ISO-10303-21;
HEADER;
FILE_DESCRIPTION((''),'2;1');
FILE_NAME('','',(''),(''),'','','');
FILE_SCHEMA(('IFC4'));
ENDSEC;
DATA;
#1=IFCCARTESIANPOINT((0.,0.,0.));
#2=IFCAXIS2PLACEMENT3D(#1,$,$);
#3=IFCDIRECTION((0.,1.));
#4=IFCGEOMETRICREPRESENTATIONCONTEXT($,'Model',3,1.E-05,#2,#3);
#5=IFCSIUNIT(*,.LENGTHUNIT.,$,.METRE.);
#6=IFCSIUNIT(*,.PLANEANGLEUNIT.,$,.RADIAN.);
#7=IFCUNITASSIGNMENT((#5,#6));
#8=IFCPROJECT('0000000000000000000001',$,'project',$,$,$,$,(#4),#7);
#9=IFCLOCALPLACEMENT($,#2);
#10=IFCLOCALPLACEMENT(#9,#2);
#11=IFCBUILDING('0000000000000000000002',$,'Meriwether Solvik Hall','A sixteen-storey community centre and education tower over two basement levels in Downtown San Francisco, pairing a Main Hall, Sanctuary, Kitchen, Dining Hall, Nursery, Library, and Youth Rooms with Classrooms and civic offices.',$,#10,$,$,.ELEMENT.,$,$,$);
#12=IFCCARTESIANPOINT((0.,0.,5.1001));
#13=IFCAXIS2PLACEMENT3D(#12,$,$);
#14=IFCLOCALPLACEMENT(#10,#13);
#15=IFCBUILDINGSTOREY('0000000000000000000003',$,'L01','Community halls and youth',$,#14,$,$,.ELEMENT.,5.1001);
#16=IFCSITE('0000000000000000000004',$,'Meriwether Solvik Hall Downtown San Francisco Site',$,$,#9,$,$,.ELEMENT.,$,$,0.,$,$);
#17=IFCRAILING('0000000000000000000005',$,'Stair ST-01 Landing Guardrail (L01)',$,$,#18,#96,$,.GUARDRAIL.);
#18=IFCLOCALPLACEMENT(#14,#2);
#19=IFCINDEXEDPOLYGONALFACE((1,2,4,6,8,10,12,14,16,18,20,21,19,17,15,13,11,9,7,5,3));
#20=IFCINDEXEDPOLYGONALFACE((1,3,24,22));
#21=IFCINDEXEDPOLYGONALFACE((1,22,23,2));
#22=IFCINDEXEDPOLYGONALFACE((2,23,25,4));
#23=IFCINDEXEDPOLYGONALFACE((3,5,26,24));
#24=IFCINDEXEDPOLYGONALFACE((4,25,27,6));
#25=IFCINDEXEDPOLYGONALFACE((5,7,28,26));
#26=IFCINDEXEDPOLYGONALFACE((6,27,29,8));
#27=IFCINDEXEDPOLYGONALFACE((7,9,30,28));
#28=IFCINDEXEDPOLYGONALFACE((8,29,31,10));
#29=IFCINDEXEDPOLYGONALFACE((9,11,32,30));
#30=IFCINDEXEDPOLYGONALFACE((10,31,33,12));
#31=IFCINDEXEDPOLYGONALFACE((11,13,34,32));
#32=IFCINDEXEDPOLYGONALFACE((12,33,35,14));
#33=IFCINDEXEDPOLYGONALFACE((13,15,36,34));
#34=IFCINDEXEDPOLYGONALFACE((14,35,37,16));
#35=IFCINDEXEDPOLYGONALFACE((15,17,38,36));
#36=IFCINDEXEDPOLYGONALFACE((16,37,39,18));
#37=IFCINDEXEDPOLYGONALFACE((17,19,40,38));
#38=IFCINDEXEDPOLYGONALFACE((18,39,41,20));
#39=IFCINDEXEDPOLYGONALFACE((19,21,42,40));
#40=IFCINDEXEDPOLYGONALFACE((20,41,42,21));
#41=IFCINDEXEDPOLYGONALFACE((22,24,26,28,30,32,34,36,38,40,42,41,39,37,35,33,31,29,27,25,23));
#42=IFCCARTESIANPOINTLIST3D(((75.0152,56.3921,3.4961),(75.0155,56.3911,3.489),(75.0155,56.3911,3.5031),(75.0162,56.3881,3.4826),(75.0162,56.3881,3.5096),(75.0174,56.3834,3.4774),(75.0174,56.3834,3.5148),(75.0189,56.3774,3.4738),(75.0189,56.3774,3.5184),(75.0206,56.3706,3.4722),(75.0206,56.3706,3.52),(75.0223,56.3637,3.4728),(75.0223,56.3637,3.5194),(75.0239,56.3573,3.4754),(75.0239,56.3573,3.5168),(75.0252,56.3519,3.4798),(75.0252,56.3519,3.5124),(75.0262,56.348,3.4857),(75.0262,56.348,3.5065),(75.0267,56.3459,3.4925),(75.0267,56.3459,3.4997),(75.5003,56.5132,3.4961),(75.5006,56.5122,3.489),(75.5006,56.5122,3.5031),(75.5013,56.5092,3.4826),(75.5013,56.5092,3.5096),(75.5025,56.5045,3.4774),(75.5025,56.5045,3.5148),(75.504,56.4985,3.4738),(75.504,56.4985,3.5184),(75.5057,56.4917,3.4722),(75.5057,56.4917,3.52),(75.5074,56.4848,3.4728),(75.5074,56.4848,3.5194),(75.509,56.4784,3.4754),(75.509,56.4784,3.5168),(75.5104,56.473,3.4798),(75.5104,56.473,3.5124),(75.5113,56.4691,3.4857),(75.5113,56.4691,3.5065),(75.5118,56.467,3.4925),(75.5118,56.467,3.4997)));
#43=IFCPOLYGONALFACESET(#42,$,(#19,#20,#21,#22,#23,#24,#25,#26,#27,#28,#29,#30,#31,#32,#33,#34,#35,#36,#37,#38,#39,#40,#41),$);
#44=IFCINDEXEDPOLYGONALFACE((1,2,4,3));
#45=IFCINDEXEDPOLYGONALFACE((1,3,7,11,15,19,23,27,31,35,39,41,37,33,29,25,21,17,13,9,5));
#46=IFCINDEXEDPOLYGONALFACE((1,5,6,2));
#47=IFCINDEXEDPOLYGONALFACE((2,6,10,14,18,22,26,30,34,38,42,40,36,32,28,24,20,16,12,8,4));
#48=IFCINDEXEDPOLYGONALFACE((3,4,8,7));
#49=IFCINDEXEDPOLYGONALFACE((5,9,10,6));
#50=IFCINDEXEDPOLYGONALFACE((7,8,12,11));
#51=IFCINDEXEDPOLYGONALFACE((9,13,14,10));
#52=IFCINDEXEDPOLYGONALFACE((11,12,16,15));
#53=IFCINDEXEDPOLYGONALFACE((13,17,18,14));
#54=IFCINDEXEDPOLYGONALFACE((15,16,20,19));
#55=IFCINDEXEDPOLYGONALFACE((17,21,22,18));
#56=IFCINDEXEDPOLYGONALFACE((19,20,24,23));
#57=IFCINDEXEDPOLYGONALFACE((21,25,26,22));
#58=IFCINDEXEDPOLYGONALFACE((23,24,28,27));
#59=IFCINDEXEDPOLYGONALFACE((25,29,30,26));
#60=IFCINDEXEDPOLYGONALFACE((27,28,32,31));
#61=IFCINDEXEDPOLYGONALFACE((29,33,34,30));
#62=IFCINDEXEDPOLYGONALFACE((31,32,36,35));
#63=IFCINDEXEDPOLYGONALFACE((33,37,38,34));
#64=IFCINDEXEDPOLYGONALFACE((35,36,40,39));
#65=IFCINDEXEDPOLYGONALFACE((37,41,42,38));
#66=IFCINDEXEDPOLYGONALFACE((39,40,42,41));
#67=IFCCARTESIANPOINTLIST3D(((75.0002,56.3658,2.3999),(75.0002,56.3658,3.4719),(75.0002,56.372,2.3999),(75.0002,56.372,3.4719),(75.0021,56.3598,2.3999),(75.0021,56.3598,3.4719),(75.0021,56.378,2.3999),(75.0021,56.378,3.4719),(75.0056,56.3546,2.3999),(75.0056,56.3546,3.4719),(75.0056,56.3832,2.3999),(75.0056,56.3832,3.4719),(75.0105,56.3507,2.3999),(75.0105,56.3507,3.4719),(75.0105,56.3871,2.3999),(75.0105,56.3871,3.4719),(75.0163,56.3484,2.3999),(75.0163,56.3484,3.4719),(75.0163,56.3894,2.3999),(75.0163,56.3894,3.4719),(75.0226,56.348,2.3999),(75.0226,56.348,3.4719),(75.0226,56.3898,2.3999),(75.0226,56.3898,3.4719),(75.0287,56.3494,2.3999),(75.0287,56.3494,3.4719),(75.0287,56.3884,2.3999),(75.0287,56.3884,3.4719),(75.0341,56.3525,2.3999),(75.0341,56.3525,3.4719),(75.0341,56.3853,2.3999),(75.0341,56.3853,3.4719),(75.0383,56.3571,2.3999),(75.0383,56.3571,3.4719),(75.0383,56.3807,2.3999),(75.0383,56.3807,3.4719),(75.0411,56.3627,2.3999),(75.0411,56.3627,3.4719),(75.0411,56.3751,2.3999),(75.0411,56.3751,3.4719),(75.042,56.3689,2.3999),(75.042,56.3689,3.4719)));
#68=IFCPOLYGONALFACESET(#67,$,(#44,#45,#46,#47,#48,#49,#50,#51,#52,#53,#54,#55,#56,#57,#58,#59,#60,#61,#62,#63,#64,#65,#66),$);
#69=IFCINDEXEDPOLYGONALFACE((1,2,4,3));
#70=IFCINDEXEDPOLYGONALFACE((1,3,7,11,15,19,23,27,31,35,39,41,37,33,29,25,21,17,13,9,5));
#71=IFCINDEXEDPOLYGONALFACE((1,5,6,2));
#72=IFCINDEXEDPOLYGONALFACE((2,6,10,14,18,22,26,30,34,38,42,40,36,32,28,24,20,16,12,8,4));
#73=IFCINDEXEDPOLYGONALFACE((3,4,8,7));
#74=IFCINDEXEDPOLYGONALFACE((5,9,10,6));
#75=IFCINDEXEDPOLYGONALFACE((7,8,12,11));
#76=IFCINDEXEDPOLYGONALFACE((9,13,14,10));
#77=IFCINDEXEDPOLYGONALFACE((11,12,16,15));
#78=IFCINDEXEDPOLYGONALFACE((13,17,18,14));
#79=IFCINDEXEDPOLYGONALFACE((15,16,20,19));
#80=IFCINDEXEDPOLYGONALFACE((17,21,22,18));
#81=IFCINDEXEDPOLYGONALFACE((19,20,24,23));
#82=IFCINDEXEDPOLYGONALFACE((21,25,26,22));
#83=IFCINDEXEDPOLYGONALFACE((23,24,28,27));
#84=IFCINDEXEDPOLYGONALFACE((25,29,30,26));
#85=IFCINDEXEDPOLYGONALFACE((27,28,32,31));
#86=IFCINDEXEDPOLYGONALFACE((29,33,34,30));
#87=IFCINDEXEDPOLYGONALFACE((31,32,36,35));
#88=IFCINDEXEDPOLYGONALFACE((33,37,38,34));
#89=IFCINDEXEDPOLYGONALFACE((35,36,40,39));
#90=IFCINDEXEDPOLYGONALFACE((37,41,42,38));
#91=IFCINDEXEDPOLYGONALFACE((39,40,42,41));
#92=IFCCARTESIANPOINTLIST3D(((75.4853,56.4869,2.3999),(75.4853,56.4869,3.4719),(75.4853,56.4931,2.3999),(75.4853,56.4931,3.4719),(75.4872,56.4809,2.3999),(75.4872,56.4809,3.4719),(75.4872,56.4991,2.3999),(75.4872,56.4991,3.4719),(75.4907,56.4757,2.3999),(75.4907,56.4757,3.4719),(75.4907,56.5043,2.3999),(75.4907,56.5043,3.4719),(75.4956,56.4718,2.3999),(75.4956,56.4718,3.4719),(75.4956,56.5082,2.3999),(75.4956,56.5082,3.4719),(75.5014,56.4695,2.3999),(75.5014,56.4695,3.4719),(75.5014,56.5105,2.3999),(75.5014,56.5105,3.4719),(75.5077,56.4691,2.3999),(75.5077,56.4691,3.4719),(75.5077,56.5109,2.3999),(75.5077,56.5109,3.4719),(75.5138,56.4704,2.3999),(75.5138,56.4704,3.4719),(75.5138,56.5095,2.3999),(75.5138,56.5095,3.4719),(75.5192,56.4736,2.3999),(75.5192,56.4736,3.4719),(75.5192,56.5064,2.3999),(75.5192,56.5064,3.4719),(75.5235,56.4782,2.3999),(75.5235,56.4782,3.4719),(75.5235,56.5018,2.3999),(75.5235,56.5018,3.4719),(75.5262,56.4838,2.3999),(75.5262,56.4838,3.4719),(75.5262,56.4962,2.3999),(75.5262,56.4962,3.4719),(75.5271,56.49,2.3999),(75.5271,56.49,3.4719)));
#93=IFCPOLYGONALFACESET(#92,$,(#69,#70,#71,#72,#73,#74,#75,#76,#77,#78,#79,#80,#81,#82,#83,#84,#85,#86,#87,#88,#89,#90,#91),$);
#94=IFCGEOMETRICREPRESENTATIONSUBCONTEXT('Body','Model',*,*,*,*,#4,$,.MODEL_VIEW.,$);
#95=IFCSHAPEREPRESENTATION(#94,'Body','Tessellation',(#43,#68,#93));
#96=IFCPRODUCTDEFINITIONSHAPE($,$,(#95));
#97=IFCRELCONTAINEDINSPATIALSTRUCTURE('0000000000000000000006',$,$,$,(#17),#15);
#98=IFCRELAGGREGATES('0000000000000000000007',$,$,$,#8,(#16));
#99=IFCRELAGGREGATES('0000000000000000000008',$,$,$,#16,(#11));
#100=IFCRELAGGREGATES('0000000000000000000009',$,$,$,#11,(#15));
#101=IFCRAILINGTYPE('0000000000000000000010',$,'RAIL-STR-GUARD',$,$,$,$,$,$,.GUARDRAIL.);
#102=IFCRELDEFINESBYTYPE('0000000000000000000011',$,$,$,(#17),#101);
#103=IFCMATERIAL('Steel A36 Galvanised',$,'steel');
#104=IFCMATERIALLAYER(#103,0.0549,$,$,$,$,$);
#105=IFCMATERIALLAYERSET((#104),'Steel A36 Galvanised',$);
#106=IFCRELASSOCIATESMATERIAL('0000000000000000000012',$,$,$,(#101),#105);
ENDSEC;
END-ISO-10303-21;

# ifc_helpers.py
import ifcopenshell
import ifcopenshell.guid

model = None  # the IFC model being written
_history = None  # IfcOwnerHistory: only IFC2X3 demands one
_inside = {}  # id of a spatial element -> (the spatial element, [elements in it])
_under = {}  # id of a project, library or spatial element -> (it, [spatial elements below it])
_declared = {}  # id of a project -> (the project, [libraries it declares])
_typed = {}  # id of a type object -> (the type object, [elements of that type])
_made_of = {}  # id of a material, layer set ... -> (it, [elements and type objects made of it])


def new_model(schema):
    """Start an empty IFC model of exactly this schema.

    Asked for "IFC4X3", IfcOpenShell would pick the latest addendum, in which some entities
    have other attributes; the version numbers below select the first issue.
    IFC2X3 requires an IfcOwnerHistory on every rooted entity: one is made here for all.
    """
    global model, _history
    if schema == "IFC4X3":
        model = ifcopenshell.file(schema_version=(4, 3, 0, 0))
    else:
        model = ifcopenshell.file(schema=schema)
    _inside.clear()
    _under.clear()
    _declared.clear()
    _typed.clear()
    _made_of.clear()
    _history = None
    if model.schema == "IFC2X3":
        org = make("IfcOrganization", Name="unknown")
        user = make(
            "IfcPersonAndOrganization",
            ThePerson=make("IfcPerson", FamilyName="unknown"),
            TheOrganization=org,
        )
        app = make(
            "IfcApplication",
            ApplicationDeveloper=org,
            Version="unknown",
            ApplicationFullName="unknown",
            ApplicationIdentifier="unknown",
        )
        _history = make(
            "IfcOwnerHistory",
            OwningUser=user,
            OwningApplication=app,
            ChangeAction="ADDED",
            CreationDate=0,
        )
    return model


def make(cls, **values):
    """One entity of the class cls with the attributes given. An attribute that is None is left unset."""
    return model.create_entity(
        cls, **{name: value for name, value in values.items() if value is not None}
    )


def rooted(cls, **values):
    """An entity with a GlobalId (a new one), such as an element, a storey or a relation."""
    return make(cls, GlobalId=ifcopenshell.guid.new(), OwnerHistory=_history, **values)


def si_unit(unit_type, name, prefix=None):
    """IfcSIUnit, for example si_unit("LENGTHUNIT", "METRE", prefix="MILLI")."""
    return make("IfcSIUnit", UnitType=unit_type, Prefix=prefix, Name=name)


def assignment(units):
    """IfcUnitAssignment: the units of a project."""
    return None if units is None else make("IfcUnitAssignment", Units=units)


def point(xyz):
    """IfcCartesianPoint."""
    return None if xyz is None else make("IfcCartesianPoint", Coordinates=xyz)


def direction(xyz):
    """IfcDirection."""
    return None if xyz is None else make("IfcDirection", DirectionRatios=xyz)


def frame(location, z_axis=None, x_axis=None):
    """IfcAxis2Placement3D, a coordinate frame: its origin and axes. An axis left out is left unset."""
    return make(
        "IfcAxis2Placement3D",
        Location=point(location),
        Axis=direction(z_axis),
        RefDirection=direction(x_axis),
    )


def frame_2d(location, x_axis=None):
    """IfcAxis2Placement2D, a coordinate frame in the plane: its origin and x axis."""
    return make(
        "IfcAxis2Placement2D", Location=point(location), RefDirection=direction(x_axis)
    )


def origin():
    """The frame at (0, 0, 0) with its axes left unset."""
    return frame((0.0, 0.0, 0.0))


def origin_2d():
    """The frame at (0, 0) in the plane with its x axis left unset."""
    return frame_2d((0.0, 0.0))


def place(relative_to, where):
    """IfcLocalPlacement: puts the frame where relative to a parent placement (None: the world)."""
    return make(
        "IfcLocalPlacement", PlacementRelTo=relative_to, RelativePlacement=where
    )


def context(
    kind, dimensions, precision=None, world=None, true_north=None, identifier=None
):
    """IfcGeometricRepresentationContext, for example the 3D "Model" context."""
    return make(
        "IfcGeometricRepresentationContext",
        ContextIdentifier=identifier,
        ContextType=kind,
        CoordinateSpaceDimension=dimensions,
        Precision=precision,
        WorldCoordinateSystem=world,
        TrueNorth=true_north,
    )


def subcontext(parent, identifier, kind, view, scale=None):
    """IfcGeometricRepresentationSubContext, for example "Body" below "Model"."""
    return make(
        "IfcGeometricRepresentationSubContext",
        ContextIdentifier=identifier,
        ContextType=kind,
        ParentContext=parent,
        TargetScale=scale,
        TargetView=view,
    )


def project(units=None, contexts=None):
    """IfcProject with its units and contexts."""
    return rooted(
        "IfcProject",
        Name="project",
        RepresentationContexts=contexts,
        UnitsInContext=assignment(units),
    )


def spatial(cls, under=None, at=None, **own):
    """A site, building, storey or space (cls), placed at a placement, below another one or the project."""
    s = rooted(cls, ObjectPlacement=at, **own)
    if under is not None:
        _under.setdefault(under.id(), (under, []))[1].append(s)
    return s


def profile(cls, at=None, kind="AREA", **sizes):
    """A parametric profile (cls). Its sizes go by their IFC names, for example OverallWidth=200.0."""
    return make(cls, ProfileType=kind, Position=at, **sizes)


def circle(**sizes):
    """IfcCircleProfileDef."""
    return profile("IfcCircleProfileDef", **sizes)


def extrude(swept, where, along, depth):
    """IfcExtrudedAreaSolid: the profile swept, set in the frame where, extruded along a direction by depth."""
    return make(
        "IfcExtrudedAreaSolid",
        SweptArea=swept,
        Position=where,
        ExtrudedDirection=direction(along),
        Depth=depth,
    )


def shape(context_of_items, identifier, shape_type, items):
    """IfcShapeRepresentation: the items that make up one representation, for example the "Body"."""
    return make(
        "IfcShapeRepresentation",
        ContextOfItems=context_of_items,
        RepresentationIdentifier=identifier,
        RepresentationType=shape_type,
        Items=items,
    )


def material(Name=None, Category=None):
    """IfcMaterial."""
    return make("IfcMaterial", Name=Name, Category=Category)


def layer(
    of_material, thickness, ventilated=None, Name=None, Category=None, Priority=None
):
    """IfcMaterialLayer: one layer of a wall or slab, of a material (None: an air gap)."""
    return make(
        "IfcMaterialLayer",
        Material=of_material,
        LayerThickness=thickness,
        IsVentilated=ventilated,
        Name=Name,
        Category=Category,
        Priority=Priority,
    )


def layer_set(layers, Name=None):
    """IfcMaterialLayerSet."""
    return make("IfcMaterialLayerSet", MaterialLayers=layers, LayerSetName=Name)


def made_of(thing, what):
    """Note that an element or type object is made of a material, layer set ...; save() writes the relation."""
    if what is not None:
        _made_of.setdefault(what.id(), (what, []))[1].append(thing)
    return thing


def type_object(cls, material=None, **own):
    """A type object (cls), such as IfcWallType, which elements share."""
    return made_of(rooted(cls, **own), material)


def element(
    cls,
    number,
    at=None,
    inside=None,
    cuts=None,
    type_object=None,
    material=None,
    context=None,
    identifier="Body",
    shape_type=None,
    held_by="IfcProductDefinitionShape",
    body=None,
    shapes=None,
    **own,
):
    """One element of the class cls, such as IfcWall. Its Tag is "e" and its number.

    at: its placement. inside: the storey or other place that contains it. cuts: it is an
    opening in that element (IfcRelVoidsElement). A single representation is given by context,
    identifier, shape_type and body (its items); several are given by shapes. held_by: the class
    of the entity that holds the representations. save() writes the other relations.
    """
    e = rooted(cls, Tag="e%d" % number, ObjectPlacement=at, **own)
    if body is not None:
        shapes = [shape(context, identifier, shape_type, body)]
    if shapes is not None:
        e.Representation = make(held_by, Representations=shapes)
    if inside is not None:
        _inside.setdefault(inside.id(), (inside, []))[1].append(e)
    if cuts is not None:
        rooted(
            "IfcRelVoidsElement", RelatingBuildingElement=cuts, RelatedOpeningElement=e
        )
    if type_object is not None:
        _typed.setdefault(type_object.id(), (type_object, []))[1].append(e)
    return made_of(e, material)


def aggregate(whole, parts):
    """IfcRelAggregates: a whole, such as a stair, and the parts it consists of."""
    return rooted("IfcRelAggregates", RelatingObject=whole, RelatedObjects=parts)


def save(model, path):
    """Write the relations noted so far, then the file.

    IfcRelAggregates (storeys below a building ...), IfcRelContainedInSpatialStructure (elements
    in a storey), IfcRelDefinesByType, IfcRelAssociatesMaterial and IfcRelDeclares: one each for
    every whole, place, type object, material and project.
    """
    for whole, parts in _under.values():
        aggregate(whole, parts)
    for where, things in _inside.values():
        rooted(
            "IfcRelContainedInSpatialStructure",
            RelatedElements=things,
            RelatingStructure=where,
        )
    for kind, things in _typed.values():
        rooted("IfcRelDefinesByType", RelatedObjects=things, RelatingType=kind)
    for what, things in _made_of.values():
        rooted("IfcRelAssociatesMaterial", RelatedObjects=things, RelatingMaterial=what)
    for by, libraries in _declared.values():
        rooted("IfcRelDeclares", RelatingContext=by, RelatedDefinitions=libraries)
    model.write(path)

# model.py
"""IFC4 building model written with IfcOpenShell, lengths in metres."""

from ifc_helpers import new_model, si_unit, direction, frame, origin, origin_2d, place, context, subcontext, project, spatial, circle, extrude, material, layer, layer_set, type_object, element, save


model = new_model("IFC4")

# Units and contexts
model_context = context("Model", 3, precision=1e-05, world=origin(), true_north=direction((0.0, 1.0)))
body_context = subcontext(model_context, "Body", "Model", "MODEL_VIEW")
ifc_project = project(units=[si_unit("LENGTHUNIT", "METRE"), si_unit("PLANEANGLEUNIT", "RADIAN")], contexts=[model_context])

# Site, building, storey
site_placement = place(None, origin())
site = spatial("IfcSite", under=ifc_project, at=site_placement, Name="Meriwether Solvik Hall Downtown San Francisco Site", CompositionType="ELEMENT", RefElevation=0.0)
building_placement = place(site_placement, origin())
building = spatial("IfcBuilding", under=site, at=building_placement, Name="Meriwether Solvik Hall", Description="A sixteen-storey community centre and education tower over two basement levels in Downtown San Francisco, pairing a Main Hall, Sanctuary, Kitchen, Dining Hall, Nursery, Library, and Youth Rooms with Classrooms and civic offices.", CompositionType="ELEMENT")
storey_placement = place(building_placement, frame((0.0, 0.0, 5.1001)))
storey = spatial("IfcBuildingStorey", under=building, at=storey_placement, Name="L01", Description="Community halls and youth", CompositionType="ELEMENT", Elevation=5.1001)

# Railing
ifc_material_1 = material(Name="Steel A36 Galvanised", Category="steel")
ifc_layer_1 = layer(ifc_material_1, 0.0549)
ifc_layer_set_1 = layer_set([ifc_layer_1], Name="Steel A36 Galvanised")
railing_type_1 = type_object("IfcRailingType", Name="RAIL-STR-GUARD", PredefinedType="GUARDRAIL", material=ifc_layer_set_1)
railing_1_placement = place(storey_placement, frame((75.021, 56.3689, 2.3999)))
element("IfcRailing", 1, at=railing_1_placement, inside=storey, type_object=railing_type_1, Name="Stair ST-01 Landing Guardrail (L01)", PredefinedType="GUARDRAIL", context=body_context, shape_type="SweptSolid", body=[
    extrude(circle(Radius=0.0239, at=origin_2d()), frame((0.0, 0.0, 1.0962), z_axis=(0.970229, 0.242191, 0.0), x_axis=(-0.242191, 0.970229, 0.0)), (0.0, 0.0, 1.0), 0.5),
    extrude(circle(Radius=0.021, at=origin_2d()), origin(), (0.0, 0.0, 1.0), 1.072),
    extrude(circle(Radius=0.021, at=origin_2d()), frame((0.4851, 0.1211, 0.0)), (0.0, 0.0, 1.0), 1.072),
])

save(model, "model.ifc")
